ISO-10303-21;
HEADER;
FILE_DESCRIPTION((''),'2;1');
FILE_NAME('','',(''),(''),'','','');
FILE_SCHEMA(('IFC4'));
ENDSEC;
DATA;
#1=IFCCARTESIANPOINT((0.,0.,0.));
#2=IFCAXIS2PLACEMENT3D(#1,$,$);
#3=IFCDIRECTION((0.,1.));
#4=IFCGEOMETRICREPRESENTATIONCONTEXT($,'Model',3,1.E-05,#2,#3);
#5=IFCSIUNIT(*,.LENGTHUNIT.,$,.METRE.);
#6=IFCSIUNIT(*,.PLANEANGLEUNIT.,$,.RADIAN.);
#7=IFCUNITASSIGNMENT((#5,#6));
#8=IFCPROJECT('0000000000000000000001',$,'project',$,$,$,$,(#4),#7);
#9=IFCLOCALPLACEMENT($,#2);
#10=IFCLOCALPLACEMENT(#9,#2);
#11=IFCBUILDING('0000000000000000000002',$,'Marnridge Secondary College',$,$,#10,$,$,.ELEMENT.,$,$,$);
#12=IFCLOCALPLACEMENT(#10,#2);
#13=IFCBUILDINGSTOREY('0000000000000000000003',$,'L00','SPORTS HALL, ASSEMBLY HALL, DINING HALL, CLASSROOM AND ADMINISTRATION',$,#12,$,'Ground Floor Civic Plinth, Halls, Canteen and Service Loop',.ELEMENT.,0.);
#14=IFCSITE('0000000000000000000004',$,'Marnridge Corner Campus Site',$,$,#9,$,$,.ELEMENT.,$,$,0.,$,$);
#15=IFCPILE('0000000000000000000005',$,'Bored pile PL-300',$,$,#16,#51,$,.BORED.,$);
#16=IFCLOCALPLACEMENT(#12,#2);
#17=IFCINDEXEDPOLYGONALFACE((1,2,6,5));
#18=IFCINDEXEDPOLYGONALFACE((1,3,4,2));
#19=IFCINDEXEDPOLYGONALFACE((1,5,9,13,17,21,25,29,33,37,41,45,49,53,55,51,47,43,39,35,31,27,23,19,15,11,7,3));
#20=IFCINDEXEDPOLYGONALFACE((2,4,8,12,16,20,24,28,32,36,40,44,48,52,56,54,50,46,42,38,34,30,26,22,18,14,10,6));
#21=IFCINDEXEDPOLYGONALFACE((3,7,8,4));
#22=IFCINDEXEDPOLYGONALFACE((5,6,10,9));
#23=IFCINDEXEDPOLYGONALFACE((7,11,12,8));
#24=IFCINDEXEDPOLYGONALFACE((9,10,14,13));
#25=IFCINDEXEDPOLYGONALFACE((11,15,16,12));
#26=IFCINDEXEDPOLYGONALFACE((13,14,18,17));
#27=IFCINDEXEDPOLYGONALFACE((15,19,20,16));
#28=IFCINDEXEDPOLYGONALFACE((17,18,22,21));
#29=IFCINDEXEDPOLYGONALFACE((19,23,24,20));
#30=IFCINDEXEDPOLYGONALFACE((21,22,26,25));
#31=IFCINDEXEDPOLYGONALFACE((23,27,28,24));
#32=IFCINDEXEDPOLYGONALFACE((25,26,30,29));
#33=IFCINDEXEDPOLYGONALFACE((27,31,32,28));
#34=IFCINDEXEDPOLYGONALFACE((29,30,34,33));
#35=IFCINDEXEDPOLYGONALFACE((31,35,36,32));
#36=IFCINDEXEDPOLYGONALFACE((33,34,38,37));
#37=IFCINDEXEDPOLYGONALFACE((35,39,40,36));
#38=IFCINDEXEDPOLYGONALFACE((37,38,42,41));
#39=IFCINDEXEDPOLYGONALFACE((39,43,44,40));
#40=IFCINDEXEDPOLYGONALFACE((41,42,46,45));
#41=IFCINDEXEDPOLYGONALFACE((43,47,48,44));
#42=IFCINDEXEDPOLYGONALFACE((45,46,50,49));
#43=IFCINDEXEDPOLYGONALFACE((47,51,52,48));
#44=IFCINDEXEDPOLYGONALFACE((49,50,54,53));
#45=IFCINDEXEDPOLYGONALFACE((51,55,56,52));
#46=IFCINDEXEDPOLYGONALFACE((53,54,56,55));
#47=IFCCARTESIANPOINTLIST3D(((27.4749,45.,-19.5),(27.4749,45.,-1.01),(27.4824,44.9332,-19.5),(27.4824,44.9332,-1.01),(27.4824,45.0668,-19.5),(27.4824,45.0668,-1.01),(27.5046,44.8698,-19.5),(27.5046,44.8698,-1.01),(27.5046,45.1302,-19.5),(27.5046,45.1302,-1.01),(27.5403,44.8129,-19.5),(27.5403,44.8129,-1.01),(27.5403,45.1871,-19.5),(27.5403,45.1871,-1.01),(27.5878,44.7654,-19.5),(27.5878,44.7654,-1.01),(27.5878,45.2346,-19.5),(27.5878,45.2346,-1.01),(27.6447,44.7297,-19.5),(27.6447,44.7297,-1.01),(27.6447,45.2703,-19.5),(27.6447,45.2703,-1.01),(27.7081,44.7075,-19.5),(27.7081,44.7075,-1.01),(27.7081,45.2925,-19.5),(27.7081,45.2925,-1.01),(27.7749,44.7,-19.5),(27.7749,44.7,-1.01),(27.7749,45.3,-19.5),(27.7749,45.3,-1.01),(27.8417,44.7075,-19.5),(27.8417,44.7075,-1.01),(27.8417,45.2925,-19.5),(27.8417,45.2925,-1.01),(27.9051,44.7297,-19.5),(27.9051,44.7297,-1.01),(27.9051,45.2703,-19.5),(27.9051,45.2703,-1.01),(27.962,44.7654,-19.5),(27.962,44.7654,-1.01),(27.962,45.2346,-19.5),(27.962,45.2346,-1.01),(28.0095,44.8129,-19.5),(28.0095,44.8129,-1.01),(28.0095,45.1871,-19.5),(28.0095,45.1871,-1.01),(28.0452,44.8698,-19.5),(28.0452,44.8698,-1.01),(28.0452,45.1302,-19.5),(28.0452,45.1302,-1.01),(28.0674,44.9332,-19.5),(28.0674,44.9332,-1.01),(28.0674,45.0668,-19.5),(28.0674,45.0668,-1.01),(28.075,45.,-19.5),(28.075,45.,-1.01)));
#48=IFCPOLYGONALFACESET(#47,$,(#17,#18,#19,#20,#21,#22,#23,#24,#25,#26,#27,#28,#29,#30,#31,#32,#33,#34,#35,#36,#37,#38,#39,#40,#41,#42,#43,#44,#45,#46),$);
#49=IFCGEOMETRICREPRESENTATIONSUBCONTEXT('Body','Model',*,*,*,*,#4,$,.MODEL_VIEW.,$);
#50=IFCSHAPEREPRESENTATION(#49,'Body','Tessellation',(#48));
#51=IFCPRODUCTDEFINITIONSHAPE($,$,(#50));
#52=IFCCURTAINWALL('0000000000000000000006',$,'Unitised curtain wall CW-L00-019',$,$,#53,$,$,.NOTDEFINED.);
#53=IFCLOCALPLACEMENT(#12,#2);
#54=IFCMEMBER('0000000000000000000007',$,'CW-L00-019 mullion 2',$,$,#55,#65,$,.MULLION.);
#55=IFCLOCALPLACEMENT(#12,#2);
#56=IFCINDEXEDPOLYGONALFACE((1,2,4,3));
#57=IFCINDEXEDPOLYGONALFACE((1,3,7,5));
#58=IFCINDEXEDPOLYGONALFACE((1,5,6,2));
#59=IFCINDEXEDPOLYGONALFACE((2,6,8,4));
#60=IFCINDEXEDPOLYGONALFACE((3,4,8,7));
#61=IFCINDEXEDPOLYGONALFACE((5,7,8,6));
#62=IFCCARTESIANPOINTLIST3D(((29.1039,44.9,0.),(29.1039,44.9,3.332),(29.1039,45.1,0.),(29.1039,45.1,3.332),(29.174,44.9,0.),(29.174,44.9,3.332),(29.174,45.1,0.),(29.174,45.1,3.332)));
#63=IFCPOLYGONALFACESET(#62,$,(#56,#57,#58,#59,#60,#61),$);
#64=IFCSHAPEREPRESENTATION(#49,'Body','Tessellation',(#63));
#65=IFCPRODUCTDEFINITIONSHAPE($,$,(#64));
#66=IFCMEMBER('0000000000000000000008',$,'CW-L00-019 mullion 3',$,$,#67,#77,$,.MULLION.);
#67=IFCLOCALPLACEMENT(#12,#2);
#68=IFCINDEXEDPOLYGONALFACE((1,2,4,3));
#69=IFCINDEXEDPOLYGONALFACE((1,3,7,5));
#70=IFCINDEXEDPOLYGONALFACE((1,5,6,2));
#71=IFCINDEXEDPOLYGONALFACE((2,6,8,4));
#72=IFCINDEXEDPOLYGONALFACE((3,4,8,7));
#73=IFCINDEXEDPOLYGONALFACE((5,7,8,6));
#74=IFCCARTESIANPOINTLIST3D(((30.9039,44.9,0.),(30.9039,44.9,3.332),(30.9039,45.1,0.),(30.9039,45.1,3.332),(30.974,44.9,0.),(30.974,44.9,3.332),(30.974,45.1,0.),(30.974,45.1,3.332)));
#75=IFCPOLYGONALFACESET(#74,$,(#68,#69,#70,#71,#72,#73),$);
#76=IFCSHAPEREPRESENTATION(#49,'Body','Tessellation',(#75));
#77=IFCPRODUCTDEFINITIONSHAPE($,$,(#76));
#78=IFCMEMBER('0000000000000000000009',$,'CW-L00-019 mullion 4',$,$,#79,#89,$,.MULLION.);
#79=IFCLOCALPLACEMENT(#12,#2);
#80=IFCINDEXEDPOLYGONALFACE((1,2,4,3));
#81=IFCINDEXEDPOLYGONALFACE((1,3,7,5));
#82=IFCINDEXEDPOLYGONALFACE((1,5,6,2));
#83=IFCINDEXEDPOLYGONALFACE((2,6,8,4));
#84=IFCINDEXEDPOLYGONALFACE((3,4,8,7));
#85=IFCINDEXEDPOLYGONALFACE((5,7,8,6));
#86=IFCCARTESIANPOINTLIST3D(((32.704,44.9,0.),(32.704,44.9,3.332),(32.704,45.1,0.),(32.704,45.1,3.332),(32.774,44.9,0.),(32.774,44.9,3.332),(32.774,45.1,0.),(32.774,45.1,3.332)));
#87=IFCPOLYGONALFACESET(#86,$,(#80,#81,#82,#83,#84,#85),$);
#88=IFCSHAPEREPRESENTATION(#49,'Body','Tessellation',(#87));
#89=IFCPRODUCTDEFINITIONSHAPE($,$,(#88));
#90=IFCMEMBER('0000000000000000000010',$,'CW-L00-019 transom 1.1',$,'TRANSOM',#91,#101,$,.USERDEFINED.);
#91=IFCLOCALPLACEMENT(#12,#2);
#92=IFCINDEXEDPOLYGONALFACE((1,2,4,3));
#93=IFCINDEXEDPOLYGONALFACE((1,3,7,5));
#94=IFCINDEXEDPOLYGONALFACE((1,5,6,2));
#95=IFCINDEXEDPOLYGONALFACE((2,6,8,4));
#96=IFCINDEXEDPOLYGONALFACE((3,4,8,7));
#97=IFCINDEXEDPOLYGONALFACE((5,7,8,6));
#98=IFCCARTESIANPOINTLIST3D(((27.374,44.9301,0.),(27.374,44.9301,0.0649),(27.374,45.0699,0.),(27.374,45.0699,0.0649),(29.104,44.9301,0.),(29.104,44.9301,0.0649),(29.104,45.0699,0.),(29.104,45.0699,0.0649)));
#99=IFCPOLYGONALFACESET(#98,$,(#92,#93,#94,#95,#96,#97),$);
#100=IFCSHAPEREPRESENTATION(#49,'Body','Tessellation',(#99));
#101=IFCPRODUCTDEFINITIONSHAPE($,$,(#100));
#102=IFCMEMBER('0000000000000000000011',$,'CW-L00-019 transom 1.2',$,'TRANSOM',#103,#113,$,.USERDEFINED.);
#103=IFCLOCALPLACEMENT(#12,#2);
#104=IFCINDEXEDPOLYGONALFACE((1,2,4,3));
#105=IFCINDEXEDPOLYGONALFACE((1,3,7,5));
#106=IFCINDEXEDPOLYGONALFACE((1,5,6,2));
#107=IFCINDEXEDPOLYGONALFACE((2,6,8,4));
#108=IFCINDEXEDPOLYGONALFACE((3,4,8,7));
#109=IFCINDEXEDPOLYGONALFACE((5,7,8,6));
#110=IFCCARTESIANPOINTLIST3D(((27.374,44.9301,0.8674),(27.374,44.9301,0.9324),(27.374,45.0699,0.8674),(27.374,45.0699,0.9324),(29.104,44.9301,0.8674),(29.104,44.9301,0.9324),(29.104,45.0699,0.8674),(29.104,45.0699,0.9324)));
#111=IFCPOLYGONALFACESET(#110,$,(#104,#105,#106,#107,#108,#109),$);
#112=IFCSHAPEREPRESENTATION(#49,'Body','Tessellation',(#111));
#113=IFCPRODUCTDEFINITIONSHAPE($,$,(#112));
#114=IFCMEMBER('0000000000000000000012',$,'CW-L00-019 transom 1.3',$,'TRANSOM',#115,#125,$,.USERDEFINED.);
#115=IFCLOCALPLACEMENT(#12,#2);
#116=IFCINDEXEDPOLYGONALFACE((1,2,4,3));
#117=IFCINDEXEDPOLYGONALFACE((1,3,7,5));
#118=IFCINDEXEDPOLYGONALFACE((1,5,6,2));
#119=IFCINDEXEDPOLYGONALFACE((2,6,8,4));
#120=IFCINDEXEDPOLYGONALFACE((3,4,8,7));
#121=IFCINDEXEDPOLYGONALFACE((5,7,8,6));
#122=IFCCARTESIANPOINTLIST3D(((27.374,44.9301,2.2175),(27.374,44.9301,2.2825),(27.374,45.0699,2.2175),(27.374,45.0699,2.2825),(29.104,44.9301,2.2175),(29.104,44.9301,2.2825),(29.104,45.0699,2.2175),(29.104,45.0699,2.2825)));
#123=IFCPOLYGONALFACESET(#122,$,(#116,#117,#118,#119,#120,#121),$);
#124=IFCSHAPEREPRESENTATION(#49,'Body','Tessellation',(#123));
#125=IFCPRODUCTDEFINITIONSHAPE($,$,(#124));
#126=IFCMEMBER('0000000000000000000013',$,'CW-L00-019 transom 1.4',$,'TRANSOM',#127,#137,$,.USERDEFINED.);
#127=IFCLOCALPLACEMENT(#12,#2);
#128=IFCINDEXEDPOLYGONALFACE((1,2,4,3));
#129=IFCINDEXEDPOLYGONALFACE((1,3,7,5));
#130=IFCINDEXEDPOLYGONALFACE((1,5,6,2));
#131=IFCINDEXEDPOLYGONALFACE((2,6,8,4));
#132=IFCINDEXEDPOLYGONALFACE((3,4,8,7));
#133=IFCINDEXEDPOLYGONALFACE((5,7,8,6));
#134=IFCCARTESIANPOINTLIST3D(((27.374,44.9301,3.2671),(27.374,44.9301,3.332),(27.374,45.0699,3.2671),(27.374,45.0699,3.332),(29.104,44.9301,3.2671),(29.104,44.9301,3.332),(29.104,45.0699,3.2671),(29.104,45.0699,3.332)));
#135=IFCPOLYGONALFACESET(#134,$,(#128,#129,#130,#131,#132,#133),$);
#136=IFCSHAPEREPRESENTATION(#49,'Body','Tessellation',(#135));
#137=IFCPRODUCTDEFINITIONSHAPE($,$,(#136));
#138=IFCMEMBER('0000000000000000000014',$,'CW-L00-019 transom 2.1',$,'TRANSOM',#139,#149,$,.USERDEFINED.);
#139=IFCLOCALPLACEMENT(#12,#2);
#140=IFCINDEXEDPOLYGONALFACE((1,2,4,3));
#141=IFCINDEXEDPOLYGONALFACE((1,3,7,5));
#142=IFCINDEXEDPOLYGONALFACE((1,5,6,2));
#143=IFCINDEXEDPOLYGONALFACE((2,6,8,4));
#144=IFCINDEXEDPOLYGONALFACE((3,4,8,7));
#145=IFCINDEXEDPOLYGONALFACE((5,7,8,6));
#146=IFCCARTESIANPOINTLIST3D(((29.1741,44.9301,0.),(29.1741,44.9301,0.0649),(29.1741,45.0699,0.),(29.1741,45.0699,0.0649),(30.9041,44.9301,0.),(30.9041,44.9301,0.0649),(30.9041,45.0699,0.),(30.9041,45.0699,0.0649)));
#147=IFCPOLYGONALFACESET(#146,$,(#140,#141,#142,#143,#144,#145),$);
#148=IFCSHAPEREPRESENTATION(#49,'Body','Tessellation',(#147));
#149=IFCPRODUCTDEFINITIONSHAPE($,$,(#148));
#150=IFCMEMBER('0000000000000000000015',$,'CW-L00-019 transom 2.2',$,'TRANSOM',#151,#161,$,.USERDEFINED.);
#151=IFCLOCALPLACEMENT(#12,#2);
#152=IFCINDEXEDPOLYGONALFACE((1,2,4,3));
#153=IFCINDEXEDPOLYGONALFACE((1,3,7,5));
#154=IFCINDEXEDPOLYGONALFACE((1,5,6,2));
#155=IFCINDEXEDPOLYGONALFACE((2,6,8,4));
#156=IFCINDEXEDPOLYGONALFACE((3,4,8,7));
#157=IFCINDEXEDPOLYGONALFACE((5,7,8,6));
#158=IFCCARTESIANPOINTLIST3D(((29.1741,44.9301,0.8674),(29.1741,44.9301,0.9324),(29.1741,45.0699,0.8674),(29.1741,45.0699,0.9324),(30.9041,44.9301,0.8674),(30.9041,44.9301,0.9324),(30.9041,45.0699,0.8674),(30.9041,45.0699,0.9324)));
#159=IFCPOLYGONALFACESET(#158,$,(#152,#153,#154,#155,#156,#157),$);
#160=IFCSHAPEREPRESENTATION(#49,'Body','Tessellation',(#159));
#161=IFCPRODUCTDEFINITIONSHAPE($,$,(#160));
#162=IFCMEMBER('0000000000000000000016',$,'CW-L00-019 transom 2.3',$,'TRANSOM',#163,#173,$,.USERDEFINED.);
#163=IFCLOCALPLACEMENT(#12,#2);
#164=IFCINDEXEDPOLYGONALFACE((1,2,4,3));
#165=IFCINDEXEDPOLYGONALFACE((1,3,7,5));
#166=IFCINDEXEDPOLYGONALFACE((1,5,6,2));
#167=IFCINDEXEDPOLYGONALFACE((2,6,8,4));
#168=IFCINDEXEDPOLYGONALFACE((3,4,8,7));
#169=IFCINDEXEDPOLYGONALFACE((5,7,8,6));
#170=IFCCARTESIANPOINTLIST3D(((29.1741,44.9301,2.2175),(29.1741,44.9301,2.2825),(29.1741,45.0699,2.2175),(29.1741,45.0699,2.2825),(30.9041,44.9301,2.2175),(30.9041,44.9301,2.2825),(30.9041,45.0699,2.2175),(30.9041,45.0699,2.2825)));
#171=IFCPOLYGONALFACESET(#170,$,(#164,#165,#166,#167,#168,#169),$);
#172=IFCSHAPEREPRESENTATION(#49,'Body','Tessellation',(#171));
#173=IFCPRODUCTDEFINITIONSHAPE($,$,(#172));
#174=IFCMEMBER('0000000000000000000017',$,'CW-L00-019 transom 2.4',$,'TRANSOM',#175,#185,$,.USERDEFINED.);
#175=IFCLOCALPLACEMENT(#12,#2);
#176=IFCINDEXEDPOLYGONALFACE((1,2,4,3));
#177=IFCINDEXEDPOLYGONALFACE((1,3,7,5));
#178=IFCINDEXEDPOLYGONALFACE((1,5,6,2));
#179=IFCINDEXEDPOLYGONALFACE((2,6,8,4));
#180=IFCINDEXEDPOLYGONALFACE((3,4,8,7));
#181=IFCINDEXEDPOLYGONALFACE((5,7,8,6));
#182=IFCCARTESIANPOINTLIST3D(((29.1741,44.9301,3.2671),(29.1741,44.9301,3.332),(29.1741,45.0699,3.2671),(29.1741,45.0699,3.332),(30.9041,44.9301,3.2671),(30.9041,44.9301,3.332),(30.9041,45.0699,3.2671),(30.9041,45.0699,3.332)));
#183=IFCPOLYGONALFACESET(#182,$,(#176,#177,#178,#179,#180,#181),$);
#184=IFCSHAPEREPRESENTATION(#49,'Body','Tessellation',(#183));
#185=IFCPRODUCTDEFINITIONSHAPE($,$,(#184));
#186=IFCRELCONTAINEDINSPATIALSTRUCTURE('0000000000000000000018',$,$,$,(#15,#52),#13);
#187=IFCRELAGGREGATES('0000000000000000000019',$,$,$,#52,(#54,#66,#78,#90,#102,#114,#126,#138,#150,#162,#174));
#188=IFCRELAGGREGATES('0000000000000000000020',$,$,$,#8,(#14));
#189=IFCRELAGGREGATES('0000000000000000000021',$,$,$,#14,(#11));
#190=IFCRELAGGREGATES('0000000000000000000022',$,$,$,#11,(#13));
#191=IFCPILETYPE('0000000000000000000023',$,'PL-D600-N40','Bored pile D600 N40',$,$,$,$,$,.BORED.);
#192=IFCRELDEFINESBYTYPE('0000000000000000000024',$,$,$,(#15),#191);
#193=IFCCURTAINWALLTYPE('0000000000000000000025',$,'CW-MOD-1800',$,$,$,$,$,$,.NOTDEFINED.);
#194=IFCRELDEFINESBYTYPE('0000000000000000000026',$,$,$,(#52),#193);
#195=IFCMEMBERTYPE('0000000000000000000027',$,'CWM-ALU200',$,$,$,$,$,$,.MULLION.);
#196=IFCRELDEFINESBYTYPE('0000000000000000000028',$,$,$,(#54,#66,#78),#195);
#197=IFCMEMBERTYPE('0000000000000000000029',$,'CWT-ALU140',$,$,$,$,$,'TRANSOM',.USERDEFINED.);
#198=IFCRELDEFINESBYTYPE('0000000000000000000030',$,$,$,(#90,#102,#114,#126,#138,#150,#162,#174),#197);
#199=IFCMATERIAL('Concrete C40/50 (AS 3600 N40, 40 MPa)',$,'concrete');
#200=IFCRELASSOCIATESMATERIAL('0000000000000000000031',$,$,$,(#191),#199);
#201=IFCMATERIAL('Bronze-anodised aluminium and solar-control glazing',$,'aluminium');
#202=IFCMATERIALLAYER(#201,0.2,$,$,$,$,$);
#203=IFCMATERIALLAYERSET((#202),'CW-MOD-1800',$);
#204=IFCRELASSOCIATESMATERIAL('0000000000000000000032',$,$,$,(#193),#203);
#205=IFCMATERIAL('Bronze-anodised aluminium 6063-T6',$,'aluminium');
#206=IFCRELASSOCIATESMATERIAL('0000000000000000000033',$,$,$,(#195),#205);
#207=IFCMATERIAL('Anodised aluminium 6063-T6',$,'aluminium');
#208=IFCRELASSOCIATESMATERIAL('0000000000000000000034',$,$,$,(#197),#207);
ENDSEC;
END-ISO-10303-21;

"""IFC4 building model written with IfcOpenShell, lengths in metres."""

from ifc_helpers import new_model, si_unit, direction, frame, origin, origin_2d, place, context, subcontext, project, spatial, rectangle, circle, extrude, material, layer, layer_set, material_profile, profile_set, type_object, element, aggregate, save


model = new_model("IFC4")

# Units and contexts
model_context = context("Model", 3, precision=1e-05, world=origin(), true_north=direction((0.0, 1.0)))
body_context = subcontext(model_context, "Body", "Model", "MODEL_VIEW")
ifc_project = project(units=[si_unit("LENGTHUNIT", "METRE"), si_unit("PLANEANGLEUNIT", "RADIAN")], contexts=[model_context])

# Site, building, storey
site_placement = place(None, origin())
site = spatial("IfcSite", under=ifc_project, at=site_placement, Name="Marnridge Corner Campus Site", CompositionType="ELEMENT", RefElevation=0.0)
building_placement = place(site_placement, origin())
building = spatial("IfcBuilding", under=site, at=building_placement, Name="Marnridge Secondary College", CompositionType="ELEMENT")
storey_placement = place(building_placement, origin())
storey = spatial("IfcBuildingStorey", under=building, at=storey_placement, Name="L00", Description="SPORTS HALL, ASSEMBLY HALL, DINING HALL, CLASSROOM AND ADMINISTRATION", LongName="Ground Floor Civic Plinth, Halls, Canteen and Service Loop", CompositionType="ELEMENT", Elevation=0.0)

# Pile
ifc_material_1 = material(Name="Concrete C40/50 (AS 3600 N40, 40 MPa)", Category="concrete")
ifc_material_profile_1 = material_profile(ifc_material_1, circle(Radius=0.3, at=origin_2d()), Name="PILE D600")
ifc_profile_set_1 = profile_set([ifc_material_profile_1], Name="Concrete C40/50 (AS 3600 N40, 40 MPa)")
pile_type = type_object("IfcPileType", Name="PL-D600-N40", Description="Bored pile D600 N40", PredefinedType="BORED", material=ifc_profile_set_1)
pile_placement = place(storey_placement, frame((27.7749, 45.0, -1.01), z_axis=(0.0, 0.0, -1.0), x_axis=(1.0, 0.0, 0.0)))
element("IfcPile", 1, at=pile_placement, inside=storey, type_object=pile_type, Name="Bored pile PL-300", PredefinedType="BORED", context=body_context, shape_type="SweptSolid", body=[
    extrude(circle(Radius=0.3, at=origin_2d()), origin(), (0.0, 0.0, 1.0), 18.49),
])

# Curtain wall, members
ifc_material_2 = material(Name="Bronze-anodised aluminium and solar-control glazing", Category="aluminium")
ifc_layer_1 = layer(ifc_material_2, 0.2)
ifc_layer_set_1 = layer_set([ifc_layer_1], Name="CW-MOD-1800")
curtain_wall_type = type_object("IfcCurtainWallType", Name="CW-MOD-1800", PredefinedType="NOTDEFINED", material=ifc_layer_set_1)
curtain_wall_placement = place(storey_placement, origin())
curtain_wall = element("IfcCurtainWall", 2, at=curtain_wall_placement, inside=storey, type_object=curtain_wall_type, Name="Unitised curtain wall CW-L00-019", PredefinedType="NOTDEFINED")
ifc_material_3 = material(Name="Bronze-anodised aluminium 6063-T6", Category="aluminium")
ifc_material_profile_2 = material_profile(ifc_material_3, rectangle(XDim=0.0701, YDim=0.2, at=origin_2d()), Name="ALU 70x200")
ifc_profile_set_2 = profile_set([ifc_material_profile_2], Name="Bronze-anodised aluminium 6063-T6")
member_type_1 = type_object("IfcMemberType", Name="CWM-ALU200", PredefinedType="MULLION", material=ifc_profile_set_2)
member_1_placement = place(storey_placement, frame((29.1389, 45.0, 0.0), z_axis=(0.0, 0.0, 1.0), x_axis=(1.0, 0.0, 0.0)))
member_1 = element("IfcMember", 3, at=member_1_placement, type_object=member_type_1, Name="CW-L00-019 mullion 2", PredefinedType="MULLION", context=body_context, shape_type="SweptSolid", body=[
    extrude(rectangle(XDim=0.0701, YDim=0.2, at=origin_2d()), origin(), (0.0, 0.0, 1.0), 3.332),
])
member_2_placement = place(storey_placement, frame((30.939, 45.0, 0.0), z_axis=(0.0, 0.0, 1.0), x_axis=(1.0, 0.0, 0.0)))
member_2 = element("IfcMember", 4, at=member_2_placement, type_object=member_type_1, Name="CW-L00-019 mullion 3", PredefinedType="MULLION", context=body_context, shape_type="SweptSolid", body=[
    extrude(rectangle(XDim=0.0701, YDim=0.2, at=origin_2d()), origin(), (0.0, 0.0, 1.0), 3.332),
])
member_3_placement = place(storey_placement, frame((32.739, 45.0, 0.0), z_axis=(0.0, 0.0, 1.0), x_axis=(1.0, 0.0, 0.0)))
member_3 = element("IfcMember", 5, at=member_3_placement, type_object=member_type_1, Name="CW-L00-019 mullion 4", PredefinedType="MULLION", context=body_context, shape_type="SweptSolid", body=[
    extrude(rectangle(XDim=0.0701, YDim=0.2, at=origin_2d()), origin(), (0.0, 0.0, 1.0), 3.332),
])
ifc_material_4 = material(Name="Anodised aluminium 6063-T6", Category="aluminium")
ifc_material_profile_3 = material_profile(ifc_material_4, rectangle(XDim=0.0649, YDim=0.1399, at=origin_2d()), Name="ALU 65x140")
ifc_profile_set_3 = profile_set([ifc_material_profile_3], Name="Anodised aluminium 6063-T6")
member_type_2 = type_object("IfcMemberType", Name="CWT-ALU140", ElementType="TRANSOM", PredefinedType="USERDEFINED", material=ifc_profile_set_3)
member_4_placement = place(storey_placement, frame((27.374, 45.0, 0.0325), z_axis=(1.0, 0.0, 0.0), x_axis=(0.0, 0.0, 1.0)))
member_4 = element("IfcMember", 6, at=member_4_placement, type_object=member_type_2, Name="CW-L00-019 transom 1.1", ObjectType="TRANSOM", PredefinedType="USERDEFINED", context=body_context, shape_type="SweptSolid", body=[
    extrude(rectangle(XDim=0.0649, YDim=0.1399, at=origin_2d()), origin(), (0.0, 0.0, 1.0), 1.73),
])
member_5_placement = place(storey_placement, frame((27.374, 45.0, 0.8999), z_axis=(1.0, 0.0, 0.0), x_axis=(0.0, 0.0, 1.0)))
member_5 = element("IfcMember", 7, at=member_5_placement, type_object=member_type_2, Name="CW-L00-019 transom 1.2", ObjectType="TRANSOM", PredefinedType="USERDEFINED", context=body_context, shape_type="SweptSolid", body=[
    extrude(rectangle(XDim=0.0649, YDim=0.1399, at=origin_2d()), origin(), (0.0, 0.0, 1.0), 1.73),
])
member_6_placement = place(storey_placement, frame((27.374, 45.0, 2.25), z_axis=(1.0, 0.0, 0.0), x_axis=(0.0, 0.0, 1.0)))
member_6 = element("IfcMember", 8, at=member_6_placement, type_object=member_type_2, Name="CW-L00-019 transom 1.3", ObjectType="TRANSOM", PredefinedType="USERDEFINED", context=body_context, shape_type="SweptSolid", body=[
    extrude(rectangle(XDim=0.0649, YDim=0.1399, at=origin_2d()), origin(), (0.0, 0.0, 1.0), 1.73),
])
member_7_placement = place(storey_placement, frame((27.374, 45.0, 3.2996), z_axis=(1.0, 0.0, 0.0), x_axis=(0.0, 0.0, 1.0)))
member_7 = element("IfcMember", 9, at=member_7_placement, type_object=member_type_2, Name="CW-L00-019 transom 1.4", ObjectType="TRANSOM", PredefinedType="USERDEFINED", context=body_context, shape_type="SweptSolid", body=[
    extrude(rectangle(XDim=0.0649, YDim=0.1399, at=origin_2d()), origin(), (0.0, 0.0, 1.0), 1.73),
])
member_8_placement = place(storey_placement, frame((29.1741, 45.0, 0.0325), z_axis=(1.0, 0.0, 0.0), x_axis=(0.0, 0.0, 1.0)))
member_8 = element("IfcMember", 10, at=member_8_placement, type_object=member_type_2, Name="CW-L00-019 transom 2.1", ObjectType="TRANSOM", PredefinedType="USERDEFINED", context=body_context, shape_type="SweptSolid", body=[
    extrude(rectangle(XDim=0.0649, YDim=0.1399, at=origin_2d()), origin(), (0.0, 0.0, 1.0), 1.73),
])
member_9_placement = place(storey_placement, frame((29.1741, 45.0, 0.8999), z_axis=(1.0, 0.0, 0.0), x_axis=(0.0, 0.0, 1.0)))
member_9 = element("IfcMember", 11, at=member_9_placement, type_object=member_type_2, Name="CW-L00-019 transom 2.2", ObjectType="TRANSOM", PredefinedType="USERDEFINED", context=body_context, shape_type="SweptSolid", body=[
    extrude(rectangle(XDim=0.0649, YDim=0.1399, at=origin_2d()), origin(), (0.0, 0.0, 1.0), 1.73),
])
member_10_placement = place(storey_placement, frame((29.1741, 45.0, 2.25), z_axis=(1.0, 0.0, 0.0), x_axis=(0.0, 0.0, 1.0)))
member_10 = element("IfcMember", 12, at=member_10_placement, type_object=member_type_2, Name="CW-L00-019 transom 2.3", ObjectType="TRANSOM", PredefinedType="USERDEFINED", context=body_context, shape_type="SweptSolid", body=[
    extrude(rectangle(XDim=0.0649, YDim=0.1399, at=origin_2d()), origin(), (0.0, 0.0, 1.0), 1.73),
])
member_11_placement = place(storey_placement, frame((29.1741, 45.0, 3.2996), z_axis=(1.0, 0.0, 0.0), x_axis=(0.0, 0.0, 1.0)))
member_11 = element("IfcMember", 13, at=member_11_placement, type_object=member_type_2, Name="CW-L00-019 transom 2.4", ObjectType="TRANSOM", PredefinedType="USERDEFINED", context=body_context, shape_type="SweptSolid", body=[
    extrude(rectangle(XDim=0.0649, YDim=0.1399, at=origin_2d()), origin(), (0.0, 0.0, 1.0), 1.73),
])
aggregate(curtain_wall, [member_1, member_2, member_3, member_4, member_5, member_6, member_7, member_8, member_9, member_10, member_11])

save(model, "model.ifc")
